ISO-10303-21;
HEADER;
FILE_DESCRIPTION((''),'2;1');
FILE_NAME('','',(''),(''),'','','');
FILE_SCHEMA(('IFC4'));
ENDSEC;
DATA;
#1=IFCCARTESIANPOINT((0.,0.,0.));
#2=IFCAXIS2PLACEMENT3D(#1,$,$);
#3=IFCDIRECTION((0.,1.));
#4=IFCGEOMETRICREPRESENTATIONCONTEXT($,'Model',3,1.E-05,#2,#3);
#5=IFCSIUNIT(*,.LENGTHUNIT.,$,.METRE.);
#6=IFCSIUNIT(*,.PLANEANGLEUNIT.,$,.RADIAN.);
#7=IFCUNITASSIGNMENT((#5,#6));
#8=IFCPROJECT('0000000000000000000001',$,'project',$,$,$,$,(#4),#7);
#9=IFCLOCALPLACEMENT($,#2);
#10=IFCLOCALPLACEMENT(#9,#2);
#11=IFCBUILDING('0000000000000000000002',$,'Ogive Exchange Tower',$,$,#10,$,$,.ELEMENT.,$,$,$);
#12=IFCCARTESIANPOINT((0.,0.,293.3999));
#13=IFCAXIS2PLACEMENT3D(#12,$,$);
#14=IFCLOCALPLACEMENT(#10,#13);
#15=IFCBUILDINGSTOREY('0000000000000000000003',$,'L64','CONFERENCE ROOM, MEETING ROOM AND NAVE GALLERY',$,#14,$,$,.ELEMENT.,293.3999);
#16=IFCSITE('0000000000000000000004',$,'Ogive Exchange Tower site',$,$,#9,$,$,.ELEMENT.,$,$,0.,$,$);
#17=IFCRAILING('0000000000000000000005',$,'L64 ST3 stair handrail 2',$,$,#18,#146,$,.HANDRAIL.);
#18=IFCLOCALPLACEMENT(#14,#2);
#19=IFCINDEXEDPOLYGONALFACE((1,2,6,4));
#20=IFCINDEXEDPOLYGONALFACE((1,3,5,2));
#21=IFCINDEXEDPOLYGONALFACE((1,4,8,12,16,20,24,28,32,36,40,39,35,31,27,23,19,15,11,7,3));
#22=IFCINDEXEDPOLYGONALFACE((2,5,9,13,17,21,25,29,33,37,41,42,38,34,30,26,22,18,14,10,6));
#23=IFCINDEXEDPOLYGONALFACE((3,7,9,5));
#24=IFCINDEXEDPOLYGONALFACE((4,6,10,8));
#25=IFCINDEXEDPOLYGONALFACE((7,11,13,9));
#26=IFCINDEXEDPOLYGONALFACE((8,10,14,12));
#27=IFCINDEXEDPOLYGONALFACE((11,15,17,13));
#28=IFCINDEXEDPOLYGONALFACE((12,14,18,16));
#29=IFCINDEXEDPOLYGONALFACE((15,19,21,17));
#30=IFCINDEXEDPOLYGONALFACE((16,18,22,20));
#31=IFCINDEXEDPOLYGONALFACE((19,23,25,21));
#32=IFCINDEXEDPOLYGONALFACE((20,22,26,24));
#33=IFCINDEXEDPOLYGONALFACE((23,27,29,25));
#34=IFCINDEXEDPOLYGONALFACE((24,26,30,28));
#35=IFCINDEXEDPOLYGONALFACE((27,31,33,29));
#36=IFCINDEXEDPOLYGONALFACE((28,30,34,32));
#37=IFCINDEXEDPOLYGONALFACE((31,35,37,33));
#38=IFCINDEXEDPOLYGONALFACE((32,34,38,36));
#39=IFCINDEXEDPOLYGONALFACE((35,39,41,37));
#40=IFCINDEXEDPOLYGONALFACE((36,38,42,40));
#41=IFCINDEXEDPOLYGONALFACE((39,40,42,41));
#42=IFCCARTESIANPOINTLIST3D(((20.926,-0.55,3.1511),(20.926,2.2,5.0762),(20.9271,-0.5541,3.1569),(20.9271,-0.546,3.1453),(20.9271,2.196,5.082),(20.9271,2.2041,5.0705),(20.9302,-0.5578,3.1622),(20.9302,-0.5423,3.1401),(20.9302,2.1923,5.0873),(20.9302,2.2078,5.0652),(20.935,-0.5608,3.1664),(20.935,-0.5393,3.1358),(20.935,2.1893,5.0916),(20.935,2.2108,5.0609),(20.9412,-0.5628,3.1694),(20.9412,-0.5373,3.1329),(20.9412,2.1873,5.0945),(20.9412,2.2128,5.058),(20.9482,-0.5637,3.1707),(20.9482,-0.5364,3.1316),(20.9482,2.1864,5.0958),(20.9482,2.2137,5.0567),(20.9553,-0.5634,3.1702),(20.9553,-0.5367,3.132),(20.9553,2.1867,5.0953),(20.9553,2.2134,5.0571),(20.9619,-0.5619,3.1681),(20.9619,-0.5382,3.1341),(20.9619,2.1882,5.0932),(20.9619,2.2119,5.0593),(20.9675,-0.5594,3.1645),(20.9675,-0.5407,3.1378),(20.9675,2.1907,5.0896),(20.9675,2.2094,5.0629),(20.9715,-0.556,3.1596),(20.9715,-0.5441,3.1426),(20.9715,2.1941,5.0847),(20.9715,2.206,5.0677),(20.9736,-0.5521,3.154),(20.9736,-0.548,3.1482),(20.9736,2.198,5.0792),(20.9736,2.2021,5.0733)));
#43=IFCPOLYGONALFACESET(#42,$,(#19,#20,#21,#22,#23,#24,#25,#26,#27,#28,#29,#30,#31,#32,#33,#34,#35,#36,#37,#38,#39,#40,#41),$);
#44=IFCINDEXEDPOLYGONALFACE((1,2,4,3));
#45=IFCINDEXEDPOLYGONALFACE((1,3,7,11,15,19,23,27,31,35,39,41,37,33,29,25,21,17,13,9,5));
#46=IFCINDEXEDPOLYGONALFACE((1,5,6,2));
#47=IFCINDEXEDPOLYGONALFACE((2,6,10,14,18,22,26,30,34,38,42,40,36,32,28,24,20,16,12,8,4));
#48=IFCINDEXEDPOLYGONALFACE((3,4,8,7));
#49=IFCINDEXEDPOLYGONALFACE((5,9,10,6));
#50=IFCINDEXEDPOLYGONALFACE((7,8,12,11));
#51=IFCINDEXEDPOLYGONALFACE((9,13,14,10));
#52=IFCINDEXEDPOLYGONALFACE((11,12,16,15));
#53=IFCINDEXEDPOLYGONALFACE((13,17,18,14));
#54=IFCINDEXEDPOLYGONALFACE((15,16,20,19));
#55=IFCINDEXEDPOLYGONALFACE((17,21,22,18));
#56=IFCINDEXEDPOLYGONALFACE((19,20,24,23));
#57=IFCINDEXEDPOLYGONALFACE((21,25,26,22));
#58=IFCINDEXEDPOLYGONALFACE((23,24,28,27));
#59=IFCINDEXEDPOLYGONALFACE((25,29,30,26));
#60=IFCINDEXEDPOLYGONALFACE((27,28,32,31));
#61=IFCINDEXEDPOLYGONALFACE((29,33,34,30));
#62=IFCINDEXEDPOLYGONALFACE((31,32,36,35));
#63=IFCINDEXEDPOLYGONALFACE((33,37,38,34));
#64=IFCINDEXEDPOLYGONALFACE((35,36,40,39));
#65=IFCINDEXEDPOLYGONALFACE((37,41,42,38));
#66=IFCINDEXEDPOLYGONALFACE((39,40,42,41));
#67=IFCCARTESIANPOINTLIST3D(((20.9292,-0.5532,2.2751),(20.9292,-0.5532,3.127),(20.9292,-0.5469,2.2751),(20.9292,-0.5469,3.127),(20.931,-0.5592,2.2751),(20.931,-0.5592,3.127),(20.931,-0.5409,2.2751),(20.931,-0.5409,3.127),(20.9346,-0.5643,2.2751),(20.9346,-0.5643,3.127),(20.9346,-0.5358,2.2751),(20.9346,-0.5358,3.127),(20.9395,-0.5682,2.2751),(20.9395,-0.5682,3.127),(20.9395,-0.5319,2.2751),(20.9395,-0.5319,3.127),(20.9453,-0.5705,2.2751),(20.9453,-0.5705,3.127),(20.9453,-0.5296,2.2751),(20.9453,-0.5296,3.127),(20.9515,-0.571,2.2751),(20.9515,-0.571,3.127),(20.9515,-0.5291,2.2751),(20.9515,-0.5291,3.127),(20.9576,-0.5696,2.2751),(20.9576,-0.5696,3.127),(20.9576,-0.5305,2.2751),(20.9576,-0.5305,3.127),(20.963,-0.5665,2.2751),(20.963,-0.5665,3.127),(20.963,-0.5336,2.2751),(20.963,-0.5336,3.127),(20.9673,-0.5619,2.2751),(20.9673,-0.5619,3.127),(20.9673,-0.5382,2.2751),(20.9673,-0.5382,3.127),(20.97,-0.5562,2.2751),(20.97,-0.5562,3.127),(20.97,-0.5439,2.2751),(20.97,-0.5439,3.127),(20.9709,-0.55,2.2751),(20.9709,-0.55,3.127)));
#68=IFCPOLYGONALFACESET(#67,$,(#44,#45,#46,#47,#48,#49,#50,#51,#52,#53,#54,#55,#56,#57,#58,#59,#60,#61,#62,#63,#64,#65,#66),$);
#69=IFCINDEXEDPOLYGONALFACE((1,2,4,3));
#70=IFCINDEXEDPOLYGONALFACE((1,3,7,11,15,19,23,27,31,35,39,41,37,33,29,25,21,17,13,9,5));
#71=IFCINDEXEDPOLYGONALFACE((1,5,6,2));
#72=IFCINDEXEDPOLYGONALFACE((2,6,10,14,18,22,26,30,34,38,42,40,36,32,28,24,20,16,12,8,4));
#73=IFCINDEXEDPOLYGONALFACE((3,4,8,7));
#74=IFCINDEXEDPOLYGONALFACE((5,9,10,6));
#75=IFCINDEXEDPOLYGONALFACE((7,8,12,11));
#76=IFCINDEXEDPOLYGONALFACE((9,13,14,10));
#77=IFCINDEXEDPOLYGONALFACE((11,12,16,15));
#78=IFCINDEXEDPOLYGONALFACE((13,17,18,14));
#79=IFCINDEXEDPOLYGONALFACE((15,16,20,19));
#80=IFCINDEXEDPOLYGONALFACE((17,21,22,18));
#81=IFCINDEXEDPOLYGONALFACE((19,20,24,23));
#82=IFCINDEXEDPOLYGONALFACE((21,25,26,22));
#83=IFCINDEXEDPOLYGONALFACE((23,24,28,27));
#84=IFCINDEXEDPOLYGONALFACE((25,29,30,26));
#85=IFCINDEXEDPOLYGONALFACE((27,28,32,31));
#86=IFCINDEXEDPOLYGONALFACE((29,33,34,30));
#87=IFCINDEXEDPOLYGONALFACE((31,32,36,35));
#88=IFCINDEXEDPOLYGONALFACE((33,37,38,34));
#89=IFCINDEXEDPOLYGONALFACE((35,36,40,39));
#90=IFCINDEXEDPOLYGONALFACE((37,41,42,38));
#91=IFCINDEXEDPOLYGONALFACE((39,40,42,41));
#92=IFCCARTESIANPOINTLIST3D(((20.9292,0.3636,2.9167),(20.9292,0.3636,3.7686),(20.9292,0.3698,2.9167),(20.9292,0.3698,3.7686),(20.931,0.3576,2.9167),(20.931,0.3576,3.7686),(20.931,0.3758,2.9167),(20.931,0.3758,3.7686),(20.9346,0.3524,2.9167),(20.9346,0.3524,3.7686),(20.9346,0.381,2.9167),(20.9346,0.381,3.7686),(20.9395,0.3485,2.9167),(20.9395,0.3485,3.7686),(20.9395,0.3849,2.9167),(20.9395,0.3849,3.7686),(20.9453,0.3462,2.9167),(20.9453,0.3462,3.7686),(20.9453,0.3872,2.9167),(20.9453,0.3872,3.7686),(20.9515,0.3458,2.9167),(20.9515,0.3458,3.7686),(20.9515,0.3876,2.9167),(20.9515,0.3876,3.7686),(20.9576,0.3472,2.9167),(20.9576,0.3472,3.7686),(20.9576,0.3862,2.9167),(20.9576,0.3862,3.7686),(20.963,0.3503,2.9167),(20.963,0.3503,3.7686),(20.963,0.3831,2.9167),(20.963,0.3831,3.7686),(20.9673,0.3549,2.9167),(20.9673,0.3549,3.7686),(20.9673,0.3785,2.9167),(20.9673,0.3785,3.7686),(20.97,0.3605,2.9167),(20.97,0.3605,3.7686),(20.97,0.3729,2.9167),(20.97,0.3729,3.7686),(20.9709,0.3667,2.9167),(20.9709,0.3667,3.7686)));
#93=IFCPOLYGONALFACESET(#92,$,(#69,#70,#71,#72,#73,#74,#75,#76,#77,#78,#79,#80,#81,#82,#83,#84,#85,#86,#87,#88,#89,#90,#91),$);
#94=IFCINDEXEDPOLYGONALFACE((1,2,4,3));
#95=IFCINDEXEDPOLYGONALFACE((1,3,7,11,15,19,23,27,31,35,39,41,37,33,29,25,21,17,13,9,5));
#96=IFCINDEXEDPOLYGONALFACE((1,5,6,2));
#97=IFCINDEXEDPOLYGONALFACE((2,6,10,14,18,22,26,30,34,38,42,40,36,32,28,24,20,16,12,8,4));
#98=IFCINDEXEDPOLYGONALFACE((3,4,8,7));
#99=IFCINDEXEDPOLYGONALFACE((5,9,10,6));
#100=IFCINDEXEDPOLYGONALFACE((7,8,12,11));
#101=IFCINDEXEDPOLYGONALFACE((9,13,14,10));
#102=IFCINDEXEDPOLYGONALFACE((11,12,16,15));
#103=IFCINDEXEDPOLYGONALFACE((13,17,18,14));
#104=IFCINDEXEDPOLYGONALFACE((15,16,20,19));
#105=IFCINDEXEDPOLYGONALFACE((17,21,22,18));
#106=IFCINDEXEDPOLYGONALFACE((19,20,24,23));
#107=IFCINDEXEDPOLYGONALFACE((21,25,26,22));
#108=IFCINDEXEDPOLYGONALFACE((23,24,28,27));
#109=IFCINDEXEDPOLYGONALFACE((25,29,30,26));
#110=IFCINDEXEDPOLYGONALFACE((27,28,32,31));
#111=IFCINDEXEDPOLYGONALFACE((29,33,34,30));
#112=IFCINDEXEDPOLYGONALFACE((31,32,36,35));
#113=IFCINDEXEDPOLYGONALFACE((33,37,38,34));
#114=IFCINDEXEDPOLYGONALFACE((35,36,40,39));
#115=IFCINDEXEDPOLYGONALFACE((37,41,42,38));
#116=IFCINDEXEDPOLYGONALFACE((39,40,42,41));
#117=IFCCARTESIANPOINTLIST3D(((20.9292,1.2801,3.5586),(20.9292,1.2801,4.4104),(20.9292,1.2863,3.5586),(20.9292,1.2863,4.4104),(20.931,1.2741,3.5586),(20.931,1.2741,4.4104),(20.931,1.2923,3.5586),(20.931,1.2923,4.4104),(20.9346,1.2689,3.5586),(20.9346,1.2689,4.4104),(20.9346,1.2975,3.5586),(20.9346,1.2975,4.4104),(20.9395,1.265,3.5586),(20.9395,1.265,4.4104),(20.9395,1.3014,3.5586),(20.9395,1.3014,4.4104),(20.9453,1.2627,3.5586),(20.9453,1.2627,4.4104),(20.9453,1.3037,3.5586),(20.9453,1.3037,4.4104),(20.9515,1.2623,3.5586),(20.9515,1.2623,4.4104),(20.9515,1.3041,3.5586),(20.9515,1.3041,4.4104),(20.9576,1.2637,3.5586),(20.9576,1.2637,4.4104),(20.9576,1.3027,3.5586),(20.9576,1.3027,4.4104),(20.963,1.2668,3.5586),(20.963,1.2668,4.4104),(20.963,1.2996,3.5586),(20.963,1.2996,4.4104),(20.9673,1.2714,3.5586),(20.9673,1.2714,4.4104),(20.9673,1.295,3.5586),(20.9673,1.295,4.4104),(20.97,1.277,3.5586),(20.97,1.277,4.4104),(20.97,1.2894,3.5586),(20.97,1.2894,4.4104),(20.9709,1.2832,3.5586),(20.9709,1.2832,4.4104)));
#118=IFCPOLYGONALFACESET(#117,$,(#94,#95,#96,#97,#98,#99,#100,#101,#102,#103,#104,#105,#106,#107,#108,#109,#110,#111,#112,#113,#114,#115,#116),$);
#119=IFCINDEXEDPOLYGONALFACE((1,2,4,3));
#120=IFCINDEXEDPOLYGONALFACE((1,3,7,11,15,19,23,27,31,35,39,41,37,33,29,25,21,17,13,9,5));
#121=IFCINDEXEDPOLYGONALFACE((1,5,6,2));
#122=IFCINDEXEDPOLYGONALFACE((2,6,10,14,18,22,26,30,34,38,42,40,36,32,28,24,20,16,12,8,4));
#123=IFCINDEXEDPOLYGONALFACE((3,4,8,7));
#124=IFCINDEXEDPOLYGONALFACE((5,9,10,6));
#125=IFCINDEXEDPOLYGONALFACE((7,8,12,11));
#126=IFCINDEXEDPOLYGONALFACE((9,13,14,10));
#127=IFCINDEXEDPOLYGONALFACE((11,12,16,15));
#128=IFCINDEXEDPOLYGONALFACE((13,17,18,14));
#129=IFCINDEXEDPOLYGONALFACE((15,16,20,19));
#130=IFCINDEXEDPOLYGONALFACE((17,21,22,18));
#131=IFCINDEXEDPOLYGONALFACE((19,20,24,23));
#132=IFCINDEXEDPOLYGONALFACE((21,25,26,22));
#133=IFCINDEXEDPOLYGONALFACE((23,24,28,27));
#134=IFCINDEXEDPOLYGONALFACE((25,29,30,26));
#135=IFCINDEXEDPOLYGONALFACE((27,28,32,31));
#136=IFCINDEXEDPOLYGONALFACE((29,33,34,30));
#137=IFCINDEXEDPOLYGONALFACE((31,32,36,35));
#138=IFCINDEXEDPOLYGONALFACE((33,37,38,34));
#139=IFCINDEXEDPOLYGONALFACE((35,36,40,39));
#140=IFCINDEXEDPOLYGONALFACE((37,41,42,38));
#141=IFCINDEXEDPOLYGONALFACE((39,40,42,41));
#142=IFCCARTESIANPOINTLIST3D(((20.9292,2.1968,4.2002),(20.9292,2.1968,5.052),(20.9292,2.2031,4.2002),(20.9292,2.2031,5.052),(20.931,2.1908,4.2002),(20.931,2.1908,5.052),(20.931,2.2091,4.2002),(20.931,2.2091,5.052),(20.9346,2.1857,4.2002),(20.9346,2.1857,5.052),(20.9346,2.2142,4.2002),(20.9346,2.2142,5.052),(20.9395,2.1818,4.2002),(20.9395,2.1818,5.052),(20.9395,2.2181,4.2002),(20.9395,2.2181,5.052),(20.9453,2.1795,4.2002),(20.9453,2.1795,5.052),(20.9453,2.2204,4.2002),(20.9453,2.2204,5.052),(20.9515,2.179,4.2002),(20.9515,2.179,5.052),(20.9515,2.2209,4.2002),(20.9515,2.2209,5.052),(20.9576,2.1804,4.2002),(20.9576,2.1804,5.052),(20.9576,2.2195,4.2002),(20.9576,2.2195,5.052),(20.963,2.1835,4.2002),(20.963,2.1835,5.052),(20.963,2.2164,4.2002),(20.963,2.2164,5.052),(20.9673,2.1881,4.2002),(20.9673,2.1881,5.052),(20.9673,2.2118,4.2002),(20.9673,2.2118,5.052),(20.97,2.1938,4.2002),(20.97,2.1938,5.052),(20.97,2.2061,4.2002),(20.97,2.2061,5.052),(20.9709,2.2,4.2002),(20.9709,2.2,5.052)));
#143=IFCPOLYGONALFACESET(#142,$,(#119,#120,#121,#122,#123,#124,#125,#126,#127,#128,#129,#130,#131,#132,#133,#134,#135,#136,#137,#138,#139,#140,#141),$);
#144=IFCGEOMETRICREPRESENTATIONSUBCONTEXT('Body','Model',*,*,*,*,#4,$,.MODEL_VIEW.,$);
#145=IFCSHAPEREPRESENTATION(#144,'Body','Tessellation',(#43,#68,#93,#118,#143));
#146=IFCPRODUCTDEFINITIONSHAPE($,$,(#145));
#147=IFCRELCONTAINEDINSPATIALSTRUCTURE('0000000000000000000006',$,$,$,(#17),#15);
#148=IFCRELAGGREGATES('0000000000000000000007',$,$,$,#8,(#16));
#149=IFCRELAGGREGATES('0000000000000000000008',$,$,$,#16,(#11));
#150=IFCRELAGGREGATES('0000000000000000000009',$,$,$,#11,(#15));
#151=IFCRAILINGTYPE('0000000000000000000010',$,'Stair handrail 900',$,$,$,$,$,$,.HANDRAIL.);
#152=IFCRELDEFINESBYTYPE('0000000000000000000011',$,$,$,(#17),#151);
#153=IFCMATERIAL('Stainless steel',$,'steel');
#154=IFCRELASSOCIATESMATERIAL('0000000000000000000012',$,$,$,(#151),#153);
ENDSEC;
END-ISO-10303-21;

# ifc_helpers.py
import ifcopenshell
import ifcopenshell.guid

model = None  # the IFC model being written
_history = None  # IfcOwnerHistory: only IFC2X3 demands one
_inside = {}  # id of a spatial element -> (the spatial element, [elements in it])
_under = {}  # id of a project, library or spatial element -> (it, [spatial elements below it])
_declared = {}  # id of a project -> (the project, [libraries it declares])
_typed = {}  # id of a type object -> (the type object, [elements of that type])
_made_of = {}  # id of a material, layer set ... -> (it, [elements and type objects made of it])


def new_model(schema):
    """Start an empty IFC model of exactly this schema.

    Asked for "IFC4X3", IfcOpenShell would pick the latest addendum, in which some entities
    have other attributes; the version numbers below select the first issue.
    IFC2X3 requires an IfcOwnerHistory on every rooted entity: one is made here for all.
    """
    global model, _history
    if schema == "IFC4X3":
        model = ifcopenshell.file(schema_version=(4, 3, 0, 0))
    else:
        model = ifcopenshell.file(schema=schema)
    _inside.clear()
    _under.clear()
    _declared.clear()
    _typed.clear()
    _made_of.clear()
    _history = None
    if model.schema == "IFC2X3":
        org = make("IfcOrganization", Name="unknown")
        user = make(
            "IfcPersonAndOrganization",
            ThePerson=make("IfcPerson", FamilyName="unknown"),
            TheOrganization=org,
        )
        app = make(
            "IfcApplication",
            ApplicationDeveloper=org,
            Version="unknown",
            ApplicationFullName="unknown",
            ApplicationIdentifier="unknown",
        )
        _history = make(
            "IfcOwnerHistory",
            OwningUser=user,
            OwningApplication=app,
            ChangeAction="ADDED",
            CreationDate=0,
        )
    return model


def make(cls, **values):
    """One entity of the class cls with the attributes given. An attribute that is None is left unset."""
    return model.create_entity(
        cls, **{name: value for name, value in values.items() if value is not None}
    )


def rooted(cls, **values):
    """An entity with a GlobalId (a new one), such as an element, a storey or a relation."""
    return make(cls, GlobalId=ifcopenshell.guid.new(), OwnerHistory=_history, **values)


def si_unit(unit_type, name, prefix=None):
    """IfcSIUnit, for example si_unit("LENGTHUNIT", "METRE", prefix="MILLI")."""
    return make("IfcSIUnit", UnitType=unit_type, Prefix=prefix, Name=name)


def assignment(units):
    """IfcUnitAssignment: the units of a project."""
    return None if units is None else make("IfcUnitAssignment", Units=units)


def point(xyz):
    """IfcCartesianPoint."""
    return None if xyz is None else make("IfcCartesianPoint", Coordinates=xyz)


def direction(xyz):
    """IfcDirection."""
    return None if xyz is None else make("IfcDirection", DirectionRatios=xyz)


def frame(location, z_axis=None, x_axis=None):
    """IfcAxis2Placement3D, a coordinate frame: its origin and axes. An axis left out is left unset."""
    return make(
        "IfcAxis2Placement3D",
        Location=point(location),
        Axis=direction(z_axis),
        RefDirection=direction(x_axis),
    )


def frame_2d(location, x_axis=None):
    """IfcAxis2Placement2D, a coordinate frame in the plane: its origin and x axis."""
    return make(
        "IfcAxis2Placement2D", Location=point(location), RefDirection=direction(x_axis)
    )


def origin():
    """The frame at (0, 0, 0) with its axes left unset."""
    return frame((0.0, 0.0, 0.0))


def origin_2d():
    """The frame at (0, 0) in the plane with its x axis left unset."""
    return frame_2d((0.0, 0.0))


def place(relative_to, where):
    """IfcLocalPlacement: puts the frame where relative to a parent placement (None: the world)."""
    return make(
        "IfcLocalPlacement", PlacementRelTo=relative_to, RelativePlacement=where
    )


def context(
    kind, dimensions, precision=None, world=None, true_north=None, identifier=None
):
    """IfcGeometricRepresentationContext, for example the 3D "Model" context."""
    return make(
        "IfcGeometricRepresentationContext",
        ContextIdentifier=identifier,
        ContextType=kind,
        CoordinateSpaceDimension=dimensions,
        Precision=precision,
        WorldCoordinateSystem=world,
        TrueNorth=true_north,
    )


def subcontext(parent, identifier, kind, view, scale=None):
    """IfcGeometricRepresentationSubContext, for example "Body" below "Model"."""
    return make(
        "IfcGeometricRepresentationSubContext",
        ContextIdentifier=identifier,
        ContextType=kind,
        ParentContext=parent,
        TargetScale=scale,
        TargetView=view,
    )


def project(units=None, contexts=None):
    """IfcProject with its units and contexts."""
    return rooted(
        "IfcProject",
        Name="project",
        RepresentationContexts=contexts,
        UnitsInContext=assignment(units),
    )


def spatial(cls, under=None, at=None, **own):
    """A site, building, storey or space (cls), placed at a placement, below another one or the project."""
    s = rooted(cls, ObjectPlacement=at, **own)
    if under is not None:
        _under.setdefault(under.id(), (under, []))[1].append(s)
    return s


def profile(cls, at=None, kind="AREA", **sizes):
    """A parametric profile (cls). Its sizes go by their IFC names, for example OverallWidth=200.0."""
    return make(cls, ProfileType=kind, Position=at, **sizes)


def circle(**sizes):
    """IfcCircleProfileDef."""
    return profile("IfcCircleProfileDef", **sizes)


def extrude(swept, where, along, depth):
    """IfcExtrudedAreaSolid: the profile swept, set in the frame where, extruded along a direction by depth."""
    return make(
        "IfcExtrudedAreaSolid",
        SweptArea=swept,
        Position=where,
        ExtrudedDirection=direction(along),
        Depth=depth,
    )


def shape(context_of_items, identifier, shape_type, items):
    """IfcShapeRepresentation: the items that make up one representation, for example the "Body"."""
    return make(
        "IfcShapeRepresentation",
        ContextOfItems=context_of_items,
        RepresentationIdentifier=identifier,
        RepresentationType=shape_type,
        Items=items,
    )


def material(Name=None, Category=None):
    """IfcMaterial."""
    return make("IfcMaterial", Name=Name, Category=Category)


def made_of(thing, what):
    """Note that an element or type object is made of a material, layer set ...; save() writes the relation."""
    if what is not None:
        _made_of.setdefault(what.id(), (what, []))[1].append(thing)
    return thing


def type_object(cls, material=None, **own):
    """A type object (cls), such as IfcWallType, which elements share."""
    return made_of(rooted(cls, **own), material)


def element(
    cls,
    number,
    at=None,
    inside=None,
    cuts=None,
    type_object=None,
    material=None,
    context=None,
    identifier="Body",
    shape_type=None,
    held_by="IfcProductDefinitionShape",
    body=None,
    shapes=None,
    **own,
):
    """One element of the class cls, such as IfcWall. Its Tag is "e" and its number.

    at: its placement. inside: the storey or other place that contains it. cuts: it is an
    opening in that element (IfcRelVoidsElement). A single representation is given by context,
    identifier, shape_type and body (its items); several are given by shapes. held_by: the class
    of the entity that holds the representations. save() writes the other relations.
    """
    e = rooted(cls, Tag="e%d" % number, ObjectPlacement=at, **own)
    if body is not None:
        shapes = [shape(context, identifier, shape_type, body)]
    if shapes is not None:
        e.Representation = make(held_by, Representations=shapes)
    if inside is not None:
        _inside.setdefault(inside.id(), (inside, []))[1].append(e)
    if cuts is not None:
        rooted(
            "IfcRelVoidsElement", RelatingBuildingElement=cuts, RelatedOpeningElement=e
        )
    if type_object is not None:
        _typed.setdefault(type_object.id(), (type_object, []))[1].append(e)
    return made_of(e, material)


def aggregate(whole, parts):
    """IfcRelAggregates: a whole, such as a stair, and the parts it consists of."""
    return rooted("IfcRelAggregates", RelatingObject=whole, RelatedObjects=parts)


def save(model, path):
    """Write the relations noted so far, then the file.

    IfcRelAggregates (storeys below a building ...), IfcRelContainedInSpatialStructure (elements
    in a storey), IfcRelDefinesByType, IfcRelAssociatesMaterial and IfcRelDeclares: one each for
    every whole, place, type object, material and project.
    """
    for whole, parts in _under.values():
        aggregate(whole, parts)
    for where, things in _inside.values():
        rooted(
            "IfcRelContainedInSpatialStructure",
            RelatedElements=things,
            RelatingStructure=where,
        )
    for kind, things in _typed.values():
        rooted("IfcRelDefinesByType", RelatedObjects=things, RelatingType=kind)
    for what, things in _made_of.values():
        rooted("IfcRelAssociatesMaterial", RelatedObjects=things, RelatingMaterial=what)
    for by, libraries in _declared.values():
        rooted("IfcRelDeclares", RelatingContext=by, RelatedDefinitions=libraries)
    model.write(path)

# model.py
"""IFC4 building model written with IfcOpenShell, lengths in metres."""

from ifc_helpers import new_model, si_unit, direction, frame, origin, origin_2d, place, context, subcontext, project, spatial, circle, extrude, material, type_object, element, save


model = new_model("IFC4")

# Units and contexts
model_context = context("Model", 3, precision=1e-05, world=origin(), true_north=direction((0.0, 1.0)))
body_context = subcontext(model_context, "Body", "Model", "MODEL_VIEW")
ifc_project = project(units=[si_unit("LENGTHUNIT", "METRE"), si_unit("PLANEANGLEUNIT", "RADIAN")], contexts=[model_context])

# Site, building, storey
site_placement = place(None, origin())
site = spatial("IfcSite", under=ifc_project, at=site_placement, Name="Ogive Exchange Tower site", CompositionType="ELEMENT", RefElevation=0.0)
building_placement = place(site_placement, origin())
building = spatial("IfcBuilding", under=site, at=building_placement, Name="Ogive Exchange Tower", CompositionType="ELEMENT")
storey_placement = place(building_placement, frame((0.0, 0.0, 293.3999)))
storey = spatial("IfcBuildingStorey", under=building, at=storey_placement, Name="L64", Description="CONFERENCE ROOM, MEETING ROOM AND NAVE GALLERY", CompositionType="ELEMENT", Elevation=293.3999)

# Railing
ifc_material_1 = material(Name="Stainless steel", Category="steel")
railing_type = type_object("IfcRailingType", Name="Stair handrail 900", PredefinedType="HANDRAIL", material=ifc_material_1)
railing_placement = place(storey_placement, frame((20.95, -0.55, 2.2751)))
element("IfcRailing", 1, at=railing_placement, inside=storey, type_object=railing_type, Name="L64 ST3 stair handrail 2", PredefinedType="HANDRAIL", context=body_context, shape_type="SweptSolid", body=[
    extrude(circle(Radius=0.0239, at=origin_2d()), frame((0.0, 0.0, 0.876), z_axis=(0.0, 0.819225, 0.573472), x_axis=(-1.0, 0.0, 0.0)), (0.0, 0.0, 1.0), 3.3569),
    extrude(circle(Radius=0.021, at=origin_2d()), origin(), (0.0, 0.0, 1.0), 0.8518),
    extrude(circle(Radius=0.021, at=origin_2d()), frame((0.0, 0.9167, 0.6416)), (0.0, 0.0, 1.0), 0.8518),
    extrude(circle(Radius=0.021, at=origin_2d()), frame((0.0, 1.8333, 1.2834)), (0.0, 0.0, 1.0), 0.8518),
    extrude(circle(Radius=0.021, at=origin_2d()), frame((0.0, 2.75, 1.925)), (0.0, 0.0, 1.0), 0.8518),
])

save(model, "model.ifc")
